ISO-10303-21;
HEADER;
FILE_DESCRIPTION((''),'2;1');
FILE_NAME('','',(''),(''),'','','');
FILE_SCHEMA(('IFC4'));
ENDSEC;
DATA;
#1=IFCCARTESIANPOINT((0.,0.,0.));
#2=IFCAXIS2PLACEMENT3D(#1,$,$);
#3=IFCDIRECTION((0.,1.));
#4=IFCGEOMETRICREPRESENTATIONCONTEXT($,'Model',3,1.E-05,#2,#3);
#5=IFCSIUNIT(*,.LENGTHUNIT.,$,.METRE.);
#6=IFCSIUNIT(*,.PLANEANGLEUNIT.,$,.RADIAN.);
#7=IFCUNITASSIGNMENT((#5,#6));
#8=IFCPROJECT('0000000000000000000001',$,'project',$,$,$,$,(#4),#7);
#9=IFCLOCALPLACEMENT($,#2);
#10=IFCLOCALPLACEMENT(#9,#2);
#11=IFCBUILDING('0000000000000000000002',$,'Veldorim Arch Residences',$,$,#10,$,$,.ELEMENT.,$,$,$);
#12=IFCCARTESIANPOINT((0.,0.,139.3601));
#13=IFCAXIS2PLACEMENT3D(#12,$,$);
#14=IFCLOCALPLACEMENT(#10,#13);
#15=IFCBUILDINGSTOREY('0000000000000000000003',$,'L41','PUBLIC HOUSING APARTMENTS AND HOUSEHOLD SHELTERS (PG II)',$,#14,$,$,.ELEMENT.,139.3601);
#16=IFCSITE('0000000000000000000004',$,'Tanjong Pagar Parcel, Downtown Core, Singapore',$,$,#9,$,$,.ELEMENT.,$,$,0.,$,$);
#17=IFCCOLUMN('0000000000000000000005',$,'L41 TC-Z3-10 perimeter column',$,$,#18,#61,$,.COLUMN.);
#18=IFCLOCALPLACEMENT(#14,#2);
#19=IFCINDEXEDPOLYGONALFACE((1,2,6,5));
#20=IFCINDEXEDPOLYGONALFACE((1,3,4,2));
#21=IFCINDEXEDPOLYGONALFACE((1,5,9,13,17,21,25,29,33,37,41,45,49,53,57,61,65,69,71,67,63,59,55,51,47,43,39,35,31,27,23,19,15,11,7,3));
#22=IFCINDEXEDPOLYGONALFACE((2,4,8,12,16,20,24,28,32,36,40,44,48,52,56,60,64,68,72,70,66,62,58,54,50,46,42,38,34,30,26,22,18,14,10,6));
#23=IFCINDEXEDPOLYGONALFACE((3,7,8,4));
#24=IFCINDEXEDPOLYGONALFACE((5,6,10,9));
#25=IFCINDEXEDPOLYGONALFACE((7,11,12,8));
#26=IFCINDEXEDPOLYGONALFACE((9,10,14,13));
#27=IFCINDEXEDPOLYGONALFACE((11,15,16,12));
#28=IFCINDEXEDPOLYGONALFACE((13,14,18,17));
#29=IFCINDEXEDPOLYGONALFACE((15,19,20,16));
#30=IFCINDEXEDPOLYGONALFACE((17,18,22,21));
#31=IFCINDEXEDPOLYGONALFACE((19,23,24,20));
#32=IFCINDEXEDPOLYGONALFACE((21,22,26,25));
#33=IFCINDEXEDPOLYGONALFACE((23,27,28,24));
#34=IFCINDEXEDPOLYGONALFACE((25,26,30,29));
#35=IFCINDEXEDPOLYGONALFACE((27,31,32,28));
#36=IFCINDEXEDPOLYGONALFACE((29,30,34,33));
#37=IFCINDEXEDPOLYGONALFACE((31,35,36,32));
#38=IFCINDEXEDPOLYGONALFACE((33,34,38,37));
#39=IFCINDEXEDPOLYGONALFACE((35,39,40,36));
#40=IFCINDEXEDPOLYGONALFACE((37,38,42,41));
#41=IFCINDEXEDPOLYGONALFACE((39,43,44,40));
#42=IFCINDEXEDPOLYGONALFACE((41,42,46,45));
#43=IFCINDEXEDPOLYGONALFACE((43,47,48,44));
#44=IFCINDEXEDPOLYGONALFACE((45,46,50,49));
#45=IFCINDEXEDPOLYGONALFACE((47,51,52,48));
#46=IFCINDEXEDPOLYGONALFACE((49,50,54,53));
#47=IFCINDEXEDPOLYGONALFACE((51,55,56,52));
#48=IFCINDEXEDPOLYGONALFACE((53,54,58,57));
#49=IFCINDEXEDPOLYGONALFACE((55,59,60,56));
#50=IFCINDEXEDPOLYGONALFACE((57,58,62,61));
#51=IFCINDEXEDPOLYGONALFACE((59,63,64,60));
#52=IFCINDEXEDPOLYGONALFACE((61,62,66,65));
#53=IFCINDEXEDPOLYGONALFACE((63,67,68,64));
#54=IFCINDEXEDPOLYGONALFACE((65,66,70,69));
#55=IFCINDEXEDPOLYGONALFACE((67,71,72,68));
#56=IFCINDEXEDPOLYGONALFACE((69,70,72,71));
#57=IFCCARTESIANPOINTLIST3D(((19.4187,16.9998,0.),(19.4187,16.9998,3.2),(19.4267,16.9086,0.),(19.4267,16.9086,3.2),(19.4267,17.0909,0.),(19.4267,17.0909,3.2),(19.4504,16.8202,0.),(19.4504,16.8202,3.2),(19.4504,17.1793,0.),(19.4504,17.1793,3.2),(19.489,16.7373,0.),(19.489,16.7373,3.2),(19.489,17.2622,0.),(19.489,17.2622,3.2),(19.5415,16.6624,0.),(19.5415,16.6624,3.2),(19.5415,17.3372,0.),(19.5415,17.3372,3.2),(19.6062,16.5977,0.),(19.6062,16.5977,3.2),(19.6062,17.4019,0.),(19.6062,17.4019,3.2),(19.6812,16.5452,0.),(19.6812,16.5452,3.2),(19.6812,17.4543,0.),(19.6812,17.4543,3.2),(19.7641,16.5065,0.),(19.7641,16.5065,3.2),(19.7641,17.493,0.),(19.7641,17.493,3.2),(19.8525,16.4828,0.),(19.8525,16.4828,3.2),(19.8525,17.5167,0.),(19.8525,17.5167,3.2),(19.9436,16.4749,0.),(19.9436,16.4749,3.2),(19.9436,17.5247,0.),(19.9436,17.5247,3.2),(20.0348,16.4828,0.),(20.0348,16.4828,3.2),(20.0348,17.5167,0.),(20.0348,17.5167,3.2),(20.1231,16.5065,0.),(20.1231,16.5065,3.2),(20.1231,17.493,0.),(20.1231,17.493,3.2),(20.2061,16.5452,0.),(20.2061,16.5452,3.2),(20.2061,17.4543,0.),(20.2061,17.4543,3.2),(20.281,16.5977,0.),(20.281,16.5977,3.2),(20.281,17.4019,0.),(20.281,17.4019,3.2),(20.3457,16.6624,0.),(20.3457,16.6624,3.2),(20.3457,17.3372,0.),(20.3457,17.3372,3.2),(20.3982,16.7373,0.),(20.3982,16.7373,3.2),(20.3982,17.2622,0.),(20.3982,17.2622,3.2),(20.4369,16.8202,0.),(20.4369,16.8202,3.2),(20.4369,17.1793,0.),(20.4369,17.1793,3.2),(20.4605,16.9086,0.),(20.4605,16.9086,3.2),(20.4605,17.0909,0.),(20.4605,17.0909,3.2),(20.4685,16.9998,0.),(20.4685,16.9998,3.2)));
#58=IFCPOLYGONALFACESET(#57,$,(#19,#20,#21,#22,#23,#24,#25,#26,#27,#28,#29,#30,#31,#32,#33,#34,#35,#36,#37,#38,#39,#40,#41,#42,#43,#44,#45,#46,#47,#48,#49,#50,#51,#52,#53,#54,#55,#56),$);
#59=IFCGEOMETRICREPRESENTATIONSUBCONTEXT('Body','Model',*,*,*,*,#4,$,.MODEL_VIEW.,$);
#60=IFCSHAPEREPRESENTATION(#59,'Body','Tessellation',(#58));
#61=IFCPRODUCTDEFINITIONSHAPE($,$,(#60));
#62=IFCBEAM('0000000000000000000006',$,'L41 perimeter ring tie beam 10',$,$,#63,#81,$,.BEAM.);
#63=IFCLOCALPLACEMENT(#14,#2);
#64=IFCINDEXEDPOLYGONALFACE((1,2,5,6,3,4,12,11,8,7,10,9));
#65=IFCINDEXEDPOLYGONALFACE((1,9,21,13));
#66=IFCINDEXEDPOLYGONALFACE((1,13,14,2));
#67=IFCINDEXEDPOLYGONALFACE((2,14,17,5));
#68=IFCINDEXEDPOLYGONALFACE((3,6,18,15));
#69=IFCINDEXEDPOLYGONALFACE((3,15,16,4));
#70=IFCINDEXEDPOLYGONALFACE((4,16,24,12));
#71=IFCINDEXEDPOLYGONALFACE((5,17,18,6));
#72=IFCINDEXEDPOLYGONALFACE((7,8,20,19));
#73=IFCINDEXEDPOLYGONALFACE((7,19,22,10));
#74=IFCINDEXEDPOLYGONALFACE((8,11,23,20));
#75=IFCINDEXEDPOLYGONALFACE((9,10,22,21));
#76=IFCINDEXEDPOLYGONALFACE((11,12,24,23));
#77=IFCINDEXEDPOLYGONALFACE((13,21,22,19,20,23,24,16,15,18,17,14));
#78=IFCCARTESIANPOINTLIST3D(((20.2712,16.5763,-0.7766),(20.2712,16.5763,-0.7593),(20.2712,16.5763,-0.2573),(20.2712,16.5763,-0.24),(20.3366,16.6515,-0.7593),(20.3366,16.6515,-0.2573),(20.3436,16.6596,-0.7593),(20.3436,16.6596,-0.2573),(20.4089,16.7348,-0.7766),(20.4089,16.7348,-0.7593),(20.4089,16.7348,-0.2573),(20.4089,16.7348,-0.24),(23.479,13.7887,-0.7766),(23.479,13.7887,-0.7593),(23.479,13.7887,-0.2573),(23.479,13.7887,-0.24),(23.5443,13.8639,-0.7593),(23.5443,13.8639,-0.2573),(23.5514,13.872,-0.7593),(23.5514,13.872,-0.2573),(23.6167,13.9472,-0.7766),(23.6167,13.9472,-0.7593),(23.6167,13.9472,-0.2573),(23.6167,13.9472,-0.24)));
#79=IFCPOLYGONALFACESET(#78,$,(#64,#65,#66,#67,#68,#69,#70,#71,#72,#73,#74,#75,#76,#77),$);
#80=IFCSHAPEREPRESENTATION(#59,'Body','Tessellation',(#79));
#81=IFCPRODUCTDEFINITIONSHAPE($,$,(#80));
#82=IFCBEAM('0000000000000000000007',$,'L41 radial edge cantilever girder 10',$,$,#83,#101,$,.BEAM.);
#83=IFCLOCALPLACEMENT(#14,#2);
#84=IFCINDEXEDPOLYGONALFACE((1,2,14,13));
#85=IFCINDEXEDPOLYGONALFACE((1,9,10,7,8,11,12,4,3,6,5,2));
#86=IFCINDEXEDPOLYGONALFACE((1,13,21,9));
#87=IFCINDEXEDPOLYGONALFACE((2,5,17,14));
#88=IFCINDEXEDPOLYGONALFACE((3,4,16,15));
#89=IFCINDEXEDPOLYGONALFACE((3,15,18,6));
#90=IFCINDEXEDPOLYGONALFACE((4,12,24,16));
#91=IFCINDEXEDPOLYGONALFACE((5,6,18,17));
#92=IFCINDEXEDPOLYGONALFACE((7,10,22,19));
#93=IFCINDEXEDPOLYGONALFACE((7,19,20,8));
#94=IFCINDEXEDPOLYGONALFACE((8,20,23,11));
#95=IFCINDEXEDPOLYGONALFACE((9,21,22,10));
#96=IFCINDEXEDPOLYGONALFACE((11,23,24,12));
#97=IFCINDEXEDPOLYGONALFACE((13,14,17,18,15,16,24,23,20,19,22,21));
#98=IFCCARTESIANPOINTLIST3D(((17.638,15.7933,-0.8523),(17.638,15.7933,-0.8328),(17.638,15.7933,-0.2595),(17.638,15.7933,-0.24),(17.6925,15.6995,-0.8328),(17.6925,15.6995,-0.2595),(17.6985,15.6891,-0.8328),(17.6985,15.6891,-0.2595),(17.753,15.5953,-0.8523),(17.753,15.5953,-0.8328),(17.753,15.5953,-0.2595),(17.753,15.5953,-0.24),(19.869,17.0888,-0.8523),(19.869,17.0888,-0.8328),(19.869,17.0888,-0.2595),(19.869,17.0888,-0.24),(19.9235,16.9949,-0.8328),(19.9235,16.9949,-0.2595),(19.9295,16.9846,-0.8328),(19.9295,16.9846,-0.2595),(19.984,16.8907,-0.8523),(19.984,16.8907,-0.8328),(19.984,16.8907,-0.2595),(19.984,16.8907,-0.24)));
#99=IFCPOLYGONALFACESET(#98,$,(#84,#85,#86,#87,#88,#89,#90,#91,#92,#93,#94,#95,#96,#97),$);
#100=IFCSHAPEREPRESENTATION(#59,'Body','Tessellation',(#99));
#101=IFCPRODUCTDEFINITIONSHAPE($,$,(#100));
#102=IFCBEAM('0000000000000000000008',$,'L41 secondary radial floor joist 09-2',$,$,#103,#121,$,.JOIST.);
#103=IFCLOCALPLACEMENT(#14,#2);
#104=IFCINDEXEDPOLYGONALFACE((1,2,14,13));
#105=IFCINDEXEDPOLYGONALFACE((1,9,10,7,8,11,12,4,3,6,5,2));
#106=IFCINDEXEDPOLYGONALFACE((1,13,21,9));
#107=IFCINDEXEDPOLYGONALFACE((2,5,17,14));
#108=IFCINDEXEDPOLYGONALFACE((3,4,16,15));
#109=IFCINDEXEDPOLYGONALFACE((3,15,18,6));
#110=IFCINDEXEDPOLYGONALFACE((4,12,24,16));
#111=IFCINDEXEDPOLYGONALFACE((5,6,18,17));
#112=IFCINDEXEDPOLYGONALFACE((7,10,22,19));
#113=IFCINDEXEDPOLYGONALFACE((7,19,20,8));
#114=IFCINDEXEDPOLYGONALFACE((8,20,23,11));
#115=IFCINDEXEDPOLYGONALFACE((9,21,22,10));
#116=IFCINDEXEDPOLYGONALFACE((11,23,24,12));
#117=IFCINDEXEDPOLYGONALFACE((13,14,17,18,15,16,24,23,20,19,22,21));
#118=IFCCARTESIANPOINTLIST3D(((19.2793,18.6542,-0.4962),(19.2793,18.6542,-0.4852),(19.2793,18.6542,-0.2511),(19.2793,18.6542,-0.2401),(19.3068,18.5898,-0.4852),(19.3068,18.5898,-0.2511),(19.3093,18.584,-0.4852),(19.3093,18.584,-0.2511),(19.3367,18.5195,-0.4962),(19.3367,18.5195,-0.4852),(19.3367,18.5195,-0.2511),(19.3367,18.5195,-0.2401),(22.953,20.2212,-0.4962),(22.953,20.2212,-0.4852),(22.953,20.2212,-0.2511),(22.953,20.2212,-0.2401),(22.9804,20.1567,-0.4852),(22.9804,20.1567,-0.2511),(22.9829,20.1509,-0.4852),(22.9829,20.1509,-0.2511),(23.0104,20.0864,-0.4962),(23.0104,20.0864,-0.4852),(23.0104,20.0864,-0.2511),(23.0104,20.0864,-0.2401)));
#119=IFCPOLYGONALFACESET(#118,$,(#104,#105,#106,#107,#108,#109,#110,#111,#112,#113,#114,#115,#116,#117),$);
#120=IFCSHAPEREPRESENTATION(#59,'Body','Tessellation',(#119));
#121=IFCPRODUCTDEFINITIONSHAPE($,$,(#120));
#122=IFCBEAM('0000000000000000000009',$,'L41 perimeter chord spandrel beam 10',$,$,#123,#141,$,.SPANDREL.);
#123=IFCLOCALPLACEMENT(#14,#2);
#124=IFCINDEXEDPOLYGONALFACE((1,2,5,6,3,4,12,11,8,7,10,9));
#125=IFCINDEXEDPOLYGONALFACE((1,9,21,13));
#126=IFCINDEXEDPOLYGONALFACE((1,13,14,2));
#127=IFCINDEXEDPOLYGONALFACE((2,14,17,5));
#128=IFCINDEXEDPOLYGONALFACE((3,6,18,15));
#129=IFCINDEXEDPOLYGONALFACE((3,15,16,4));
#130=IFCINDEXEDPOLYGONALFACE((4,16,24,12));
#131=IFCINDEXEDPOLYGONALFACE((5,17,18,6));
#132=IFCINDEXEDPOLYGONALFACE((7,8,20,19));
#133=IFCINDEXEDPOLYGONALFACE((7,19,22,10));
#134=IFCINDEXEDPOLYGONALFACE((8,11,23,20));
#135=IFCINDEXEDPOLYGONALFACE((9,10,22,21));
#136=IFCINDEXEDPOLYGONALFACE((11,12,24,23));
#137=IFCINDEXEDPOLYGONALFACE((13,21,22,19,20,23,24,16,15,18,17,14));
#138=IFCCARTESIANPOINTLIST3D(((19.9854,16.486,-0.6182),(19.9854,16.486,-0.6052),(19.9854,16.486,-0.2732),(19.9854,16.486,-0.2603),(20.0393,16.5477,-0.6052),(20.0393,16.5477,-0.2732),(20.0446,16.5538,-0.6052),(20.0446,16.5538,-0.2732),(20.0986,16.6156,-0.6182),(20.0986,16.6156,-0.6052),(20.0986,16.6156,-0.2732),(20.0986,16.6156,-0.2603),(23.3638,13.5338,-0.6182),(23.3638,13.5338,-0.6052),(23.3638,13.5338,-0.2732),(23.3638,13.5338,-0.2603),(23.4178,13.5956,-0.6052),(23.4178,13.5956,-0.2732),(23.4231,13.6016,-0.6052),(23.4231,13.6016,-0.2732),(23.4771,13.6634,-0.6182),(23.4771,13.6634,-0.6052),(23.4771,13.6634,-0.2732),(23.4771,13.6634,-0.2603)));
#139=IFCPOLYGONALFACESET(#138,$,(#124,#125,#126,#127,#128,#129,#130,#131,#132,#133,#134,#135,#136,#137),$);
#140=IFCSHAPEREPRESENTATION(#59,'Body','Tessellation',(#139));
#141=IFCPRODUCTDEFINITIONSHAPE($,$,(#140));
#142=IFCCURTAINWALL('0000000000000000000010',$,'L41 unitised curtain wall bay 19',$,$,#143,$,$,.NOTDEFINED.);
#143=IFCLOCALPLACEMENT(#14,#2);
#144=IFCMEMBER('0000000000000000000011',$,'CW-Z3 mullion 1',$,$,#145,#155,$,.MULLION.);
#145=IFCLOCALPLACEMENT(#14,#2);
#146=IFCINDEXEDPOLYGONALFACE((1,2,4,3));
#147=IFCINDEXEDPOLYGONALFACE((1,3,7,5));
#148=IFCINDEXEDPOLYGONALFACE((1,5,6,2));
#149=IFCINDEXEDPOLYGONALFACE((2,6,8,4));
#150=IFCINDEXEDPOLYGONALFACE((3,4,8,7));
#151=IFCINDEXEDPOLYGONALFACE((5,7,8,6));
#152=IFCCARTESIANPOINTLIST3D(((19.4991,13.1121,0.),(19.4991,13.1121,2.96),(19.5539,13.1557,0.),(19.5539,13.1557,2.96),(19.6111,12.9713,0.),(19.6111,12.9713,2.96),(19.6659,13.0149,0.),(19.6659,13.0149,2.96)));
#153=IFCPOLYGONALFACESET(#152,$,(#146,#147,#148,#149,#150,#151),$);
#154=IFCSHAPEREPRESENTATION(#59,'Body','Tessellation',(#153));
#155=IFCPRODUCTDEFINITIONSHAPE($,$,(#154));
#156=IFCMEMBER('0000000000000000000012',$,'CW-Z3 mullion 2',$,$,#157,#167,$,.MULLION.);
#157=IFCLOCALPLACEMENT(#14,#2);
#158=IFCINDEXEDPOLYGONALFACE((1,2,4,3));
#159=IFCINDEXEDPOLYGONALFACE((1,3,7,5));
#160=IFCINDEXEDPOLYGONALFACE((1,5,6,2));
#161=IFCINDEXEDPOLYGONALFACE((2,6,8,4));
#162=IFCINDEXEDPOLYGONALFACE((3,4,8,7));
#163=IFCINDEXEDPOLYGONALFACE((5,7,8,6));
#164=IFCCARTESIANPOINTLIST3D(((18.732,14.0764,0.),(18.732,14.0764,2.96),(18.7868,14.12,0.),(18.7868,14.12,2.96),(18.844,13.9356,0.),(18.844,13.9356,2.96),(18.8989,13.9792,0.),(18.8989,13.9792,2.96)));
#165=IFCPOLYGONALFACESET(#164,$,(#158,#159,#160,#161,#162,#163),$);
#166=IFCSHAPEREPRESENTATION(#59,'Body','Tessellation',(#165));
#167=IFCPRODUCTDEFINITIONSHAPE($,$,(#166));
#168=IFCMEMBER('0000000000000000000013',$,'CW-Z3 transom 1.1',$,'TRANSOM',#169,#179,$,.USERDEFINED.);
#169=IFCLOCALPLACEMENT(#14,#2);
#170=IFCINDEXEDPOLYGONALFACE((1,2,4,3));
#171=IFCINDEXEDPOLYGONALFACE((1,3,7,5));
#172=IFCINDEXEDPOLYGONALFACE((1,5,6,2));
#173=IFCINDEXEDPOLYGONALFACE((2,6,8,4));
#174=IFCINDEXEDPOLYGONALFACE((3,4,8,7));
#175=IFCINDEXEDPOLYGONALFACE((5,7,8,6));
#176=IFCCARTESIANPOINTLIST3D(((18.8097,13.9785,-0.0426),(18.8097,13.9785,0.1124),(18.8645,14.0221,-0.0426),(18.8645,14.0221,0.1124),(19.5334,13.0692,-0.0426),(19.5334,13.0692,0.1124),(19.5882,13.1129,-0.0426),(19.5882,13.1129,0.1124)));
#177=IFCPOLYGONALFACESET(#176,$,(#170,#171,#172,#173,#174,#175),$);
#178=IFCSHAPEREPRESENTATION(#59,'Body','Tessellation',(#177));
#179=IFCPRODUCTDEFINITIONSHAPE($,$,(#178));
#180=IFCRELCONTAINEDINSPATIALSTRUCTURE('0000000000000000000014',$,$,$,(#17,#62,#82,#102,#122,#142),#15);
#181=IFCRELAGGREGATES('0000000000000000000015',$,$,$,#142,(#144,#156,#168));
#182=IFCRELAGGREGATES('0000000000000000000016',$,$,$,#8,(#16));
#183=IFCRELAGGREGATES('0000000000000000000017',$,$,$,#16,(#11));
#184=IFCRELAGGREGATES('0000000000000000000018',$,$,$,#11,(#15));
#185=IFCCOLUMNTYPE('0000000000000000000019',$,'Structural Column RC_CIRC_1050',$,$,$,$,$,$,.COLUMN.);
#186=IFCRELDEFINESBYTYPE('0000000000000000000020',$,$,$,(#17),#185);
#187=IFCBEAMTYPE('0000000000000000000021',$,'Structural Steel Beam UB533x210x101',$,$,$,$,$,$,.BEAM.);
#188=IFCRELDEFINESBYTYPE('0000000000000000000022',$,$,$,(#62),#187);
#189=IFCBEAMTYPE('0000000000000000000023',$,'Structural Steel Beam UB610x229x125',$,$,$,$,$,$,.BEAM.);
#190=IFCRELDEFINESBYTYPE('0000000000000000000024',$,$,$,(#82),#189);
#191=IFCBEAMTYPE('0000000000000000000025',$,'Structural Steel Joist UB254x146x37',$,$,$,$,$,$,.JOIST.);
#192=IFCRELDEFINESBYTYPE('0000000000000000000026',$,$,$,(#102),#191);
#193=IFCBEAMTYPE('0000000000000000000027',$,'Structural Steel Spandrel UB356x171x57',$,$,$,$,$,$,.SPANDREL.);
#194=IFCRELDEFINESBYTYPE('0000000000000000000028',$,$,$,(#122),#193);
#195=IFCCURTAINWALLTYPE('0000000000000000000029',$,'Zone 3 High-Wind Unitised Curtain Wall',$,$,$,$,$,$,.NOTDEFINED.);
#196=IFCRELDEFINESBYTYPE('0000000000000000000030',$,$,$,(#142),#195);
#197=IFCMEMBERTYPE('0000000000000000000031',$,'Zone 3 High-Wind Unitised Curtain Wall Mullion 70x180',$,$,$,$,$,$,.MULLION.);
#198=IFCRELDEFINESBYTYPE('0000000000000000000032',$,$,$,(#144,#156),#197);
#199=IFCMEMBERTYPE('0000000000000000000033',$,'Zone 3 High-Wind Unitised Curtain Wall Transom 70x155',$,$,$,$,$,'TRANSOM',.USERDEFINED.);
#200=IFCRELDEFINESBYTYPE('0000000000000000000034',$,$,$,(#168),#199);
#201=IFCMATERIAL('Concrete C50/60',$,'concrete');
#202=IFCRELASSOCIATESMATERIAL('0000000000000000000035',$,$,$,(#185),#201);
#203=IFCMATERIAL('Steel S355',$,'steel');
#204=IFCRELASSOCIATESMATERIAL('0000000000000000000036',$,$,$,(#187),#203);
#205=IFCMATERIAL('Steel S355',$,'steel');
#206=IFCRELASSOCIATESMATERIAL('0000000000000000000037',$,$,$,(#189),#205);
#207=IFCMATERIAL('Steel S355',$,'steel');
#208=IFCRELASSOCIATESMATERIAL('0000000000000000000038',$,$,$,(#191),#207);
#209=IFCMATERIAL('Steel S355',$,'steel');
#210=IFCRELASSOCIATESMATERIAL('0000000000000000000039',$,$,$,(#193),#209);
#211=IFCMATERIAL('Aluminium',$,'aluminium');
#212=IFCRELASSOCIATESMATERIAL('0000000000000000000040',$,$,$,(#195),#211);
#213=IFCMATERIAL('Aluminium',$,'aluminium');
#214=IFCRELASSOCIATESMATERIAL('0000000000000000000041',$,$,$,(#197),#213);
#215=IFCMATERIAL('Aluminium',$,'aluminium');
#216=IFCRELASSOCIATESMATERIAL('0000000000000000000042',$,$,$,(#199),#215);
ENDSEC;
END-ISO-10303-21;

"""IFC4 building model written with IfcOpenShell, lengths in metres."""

from ifc_helpers import new_model, si_unit, direction, frame, origin, origin_2d, place, context, subcontext, project, spatial, rectangle, circle, i_section, extrude, material, material_profile, profile_set, type_object, element, aggregate, save


model = new_model("IFC4")

# Units and contexts
model_context = context("Model", 3, precision=1e-05, world=origin(), true_north=direction((0.0, 1.0)))
body_context = subcontext(model_context, "Body", "Model", "MODEL_VIEW")
ifc_project = project(units=[si_unit("LENGTHUNIT", "METRE"), si_unit("PLANEANGLEUNIT", "RADIAN")], contexts=[model_context])

# Site, building, storey
site_placement = place(None, origin())
site = spatial("IfcSite", under=ifc_project, at=site_placement, Name="Tanjong Pagar Parcel, Downtown Core, Singapore", CompositionType="ELEMENT", RefElevation=0.0)
building_placement = place(site_placement, origin())
building = spatial("IfcBuilding", under=site, at=building_placement, Name="Veldorim Arch Residences", CompositionType="ELEMENT")
storey_placement = place(building_placement, frame((0.0, 0.0, 139.3601)))
storey = spatial("IfcBuildingStorey", under=building, at=storey_placement, Name="L41", Description="PUBLIC HOUSING APARTMENTS AND HOUSEHOLD SHELTERS (PG II)", CompositionType="ELEMENT", Elevation=139.3601)

# Column
ifc_material_1 = material(Name="Concrete C50/60", Category="concrete")
ifc_material_profile_1 = material_profile(ifc_material_1, circle(Radius=0.5249, at=origin_2d()), Name="RC_CIRC_1050")
ifc_profile_set_1 = profile_set([ifc_material_profile_1], Name="Concrete C50/60")
column_type = type_object("IfcColumnType", Name="Structural Column RC_CIRC_1050", PredefinedType="COLUMN", material=ifc_profile_set_1)
column_placement = place(storey_placement, frame((19.9436, 16.9998, 0.0), z_axis=(0.0, 0.0, 1.0), x_axis=(1.0, 0.0, 0.0)))
element("IfcColumn", 1, at=column_placement, inside=storey, type_object=column_type, Name="L41 TC-Z3-10 perimeter column", PredefinedType="COLUMN", context=body_context, shape_type="SweptSolid", body=[
    extrude(circle(Radius=0.5249, at=origin_2d()), origin(), (0.0, 0.0, 1.0), 3.2),
])

# Beams
ifc_material_2 = material(Name="Steel S355", Category="steel")
ifc_material_profile_2 = material_profile(ifc_material_2, i_section(OverallWidth=0.21, OverallDepth=0.5366, WebThickness=0.0107, FlangeThickness=0.0173, at=origin_2d()), Name="UB533x210x101")
ifc_profile_set_2 = profile_set([ifc_material_profile_2], Name="Steel S355")
beam_type_1 = type_object("IfcBeamType", Name="Structural Steel Beam UB533x210x101", PredefinedType="BEAM", material=ifc_profile_set_2)
beam_1_placement = place(storey_placement, frame((20.3401, 16.6555, -0.5083), z_axis=(0.754811, -0.655943, 0.0), x_axis=(0.655943, 0.754811, 0.0)))
element("IfcBeam", 2, at=beam_1_placement, inside=storey, type_object=beam_type_1, Name="L41 perimeter ring tie beam 10", PredefinedType="BEAM", context=body_context, shape_type="SweptSolid", body=[
    extrude(i_section(OverallWidth=0.21, OverallDepth=0.5366, WebThickness=0.0107, FlangeThickness=0.0173, at=origin_2d()), origin(), (0.0, 0.0, 1.0), 4.2498),
])
ifc_material_3 = material(Name="Steel S355", Category="steel")
ifc_material_profile_3 = material_profile(ifc_material_3, i_section(OverallWidth=0.229, OverallDepth=0.6123, WebThickness=0.012, FlangeThickness=0.0195, at=origin_2d()), Name="UB610x229x125")
ifc_profile_set_3 = profile_set([ifc_material_profile_3], Name="Steel S355")
beam_type_2 = type_object("IfcBeamType", Name="Structural Steel Beam UB610x229x125", PredefinedType="BEAM", material=ifc_profile_set_3)
beam_2_placement = place(storey_placement, frame((19.9265, 16.9897, -0.5461), z_axis=(-0.864786, -0.50214, 0.0), x_axis=(0.50214, -0.864786, 0.0)))
element("IfcBeam", 3, at=beam_2_placement, inside=storey, type_object=beam_type_2, Name="L41 radial edge cantilever girder 10", PredefinedType="BEAM", context=body_context, shape_type="SweptSolid", body=[
    extrude(i_section(OverallWidth=0.229, OverallDepth=0.6123, WebThickness=0.012, FlangeThickness=0.0195, at=origin_2d()), origin(), (0.0, 0.0, 1.0), 2.5798),
])
ifc_material_4 = material(Name="Steel S355", Category="steel")
ifc_material_profile_4 = material_profile(ifc_material_4, i_section(OverallWidth=0.1465, OverallDepth=0.2561, WebThickness=0.0063, FlangeThickness=0.011, at=origin_2d()), Name="UB254x146x37")
ifc_profile_set_4 = profile_set([ifc_material_profile_4], Name="Steel S355")
beam_type_3 = type_object("IfcBeamType", Name="Structural Steel Joist UB254x146x37", PredefinedType="JOIST", material=ifc_profile_set_4)
beam_3_placement = place(storey_placement, frame((22.9817, 20.1538, -0.3682), z_axis=(-0.919823, -0.392332, 0.0), x_axis=(0.392332, -0.919823, 0.0)))
element("IfcBeam", 4, at=beam_3_placement, inside=storey, type_object=beam_type_3, Name="L41 secondary radial floor joist 09-2", PredefinedType="JOIST", context=body_context, shape_type="SweptSolid", body=[
    extrude(i_section(OverallWidth=0.1465, OverallDepth=0.2561, WebThickness=0.0063, FlangeThickness=0.011, at=origin_2d()), origin(), (0.0, 0.0, 1.0), 3.9939),
])
ifc_material_5 = material(Name="Steel S355", Category="steel")
ifc_material_profile_5 = material_profile(ifc_material_5, i_section(OverallWidth=0.1721, OverallDepth=0.3579, WebThickness=0.0081, FlangeThickness=0.0129, at=origin_2d()), Name="UB356x171x57")
ifc_profile_set_5 = profile_set([ifc_material_profile_5], Name="Steel S355")
beam_type_4 = type_object("IfcBeamType", Name="Structural Steel Spandrel UB356x171x57", PredefinedType="SPANDREL", material=ifc_profile_set_5)
beam_4_placement = place(storey_placement, frame((20.042, 16.5508, -0.4392), z_axis=(0.753015, -0.658004, 0.0), x_axis=(0.658004, 0.753015, 0.0)))
element("IfcBeam", 5, at=beam_4_placement, inside=storey, type_object=beam_type_4, Name="L41 perimeter chord spandrel beam 10", PredefinedType="SPANDREL", context=body_context, shape_type="SweptSolid", body=[
    extrude(i_section(OverallWidth=0.1721, OverallDepth=0.3579, WebThickness=0.0081, FlangeThickness=0.0129, at=origin_2d()), origin(), (0.0, 0.0, 1.0), 4.4866),
])

# Curtain wall, members
ifc_material_6 = material(Name="Aluminium", Category="aluminium")
curtain_wall_type = type_object("IfcCurtainWallType", Name="Zone 3 High-Wind Unitised Curtain Wall", PredefinedType="NOTDEFINED", material=ifc_material_6)
curtain_wall_placement = place(storey_placement, origin())
curtain_wall = element("IfcCurtainWall", 6, at=curtain_wall_placement, inside=storey, type_object=curtain_wall_type, Name="L41 unitised curtain wall bay 19", PredefinedType="NOTDEFINED")
ifc_material_7 = material(Name="Aluminium", Category="aluminium")
ifc_material_profile_6 = material_profile(ifc_material_7, rectangle(XDim=0.0701, YDim=0.1799, at=origin_2d()), Name="ALU_MUL_70x180")
ifc_profile_set_6 = profile_set([ifc_material_profile_6], Name="Aluminium")
member_type_1 = type_object("IfcMemberType", Name="Zone 3 High-Wind Unitised Curtain Wall Mullion 70x180", PredefinedType="MULLION", material=ifc_profile_set_6)
member_1_placement = place(storey_placement, frame((19.5825, 13.0635, 0.0), z_axis=(0.0, 0.0, 1.0), x_axis=(-0.782556, -0.62258, 0.0)))
member_1 = element("IfcMember", 7, at=member_1_placement, type_object=member_type_1, Name="CW-Z3 mullion 1", PredefinedType="MULLION", context=body_context, shape_type="SweptSolid", body=[
    extrude(rectangle(XDim=0.0701, YDim=0.1799, at=origin_2d()), origin(), (0.0, 0.0, 1.0), 2.96),
])
member_2_placement = place(storey_placement, frame((18.8154, 14.0278, 0.0), z_axis=(0.0, 0.0, 1.0), x_axis=(-0.782556, -0.62258, 0.0)))
member_2 = element("IfcMember", 8, at=member_2_placement, type_object=member_type_1, Name="CW-Z3 mullion 2", PredefinedType="MULLION", context=body_context, shape_type="SweptSolid", body=[
    extrude(rectangle(XDim=0.0701, YDim=0.1799, at=origin_2d()), origin(), (0.0, 0.0, 1.0), 2.96),
])
ifc_material_8 = material(Name="Aluminium", Category="aluminium")
ifc_material_profile_7 = material_profile(ifc_material_8, rectangle(XDim=0.0701, YDim=0.155, at=origin_2d()), Name="ALU_TRN_70x155")
ifc_profile_set_7 = profile_set([ifc_material_profile_7], Name="Aluminium")
member_type_2 = type_object("IfcMemberType", Name="Zone 3 High-Wind Unitised Curtain Wall Transom 70x155", ElementType="TRANSOM", PredefinedType="USERDEFINED", material=ifc_profile_set_7)
member_3_placement = place(storey_placement, frame((19.5608, 13.0911, 0.0349), z_axis=(-0.622746, 0.782424, 0.0), x_axis=(-0.782424, -0.622746, 0.0)))
member_3 = element("IfcMember", 9, at=member_3_placement, type_object=member_type_2, Name="CW-Z3 transom 1.1", ObjectType="TRANSOM", PredefinedType="USERDEFINED", context=body_context, shape_type="SweptSolid", body=[
    extrude(rectangle(XDim=0.0701, YDim=0.155, at=origin_2d()), origin(), (0.0, 0.0, 1.0), 1.1621),
])
aggregate(curtain_wall, [member_1, member_2, member_3])

save(model, "model.ifc")
